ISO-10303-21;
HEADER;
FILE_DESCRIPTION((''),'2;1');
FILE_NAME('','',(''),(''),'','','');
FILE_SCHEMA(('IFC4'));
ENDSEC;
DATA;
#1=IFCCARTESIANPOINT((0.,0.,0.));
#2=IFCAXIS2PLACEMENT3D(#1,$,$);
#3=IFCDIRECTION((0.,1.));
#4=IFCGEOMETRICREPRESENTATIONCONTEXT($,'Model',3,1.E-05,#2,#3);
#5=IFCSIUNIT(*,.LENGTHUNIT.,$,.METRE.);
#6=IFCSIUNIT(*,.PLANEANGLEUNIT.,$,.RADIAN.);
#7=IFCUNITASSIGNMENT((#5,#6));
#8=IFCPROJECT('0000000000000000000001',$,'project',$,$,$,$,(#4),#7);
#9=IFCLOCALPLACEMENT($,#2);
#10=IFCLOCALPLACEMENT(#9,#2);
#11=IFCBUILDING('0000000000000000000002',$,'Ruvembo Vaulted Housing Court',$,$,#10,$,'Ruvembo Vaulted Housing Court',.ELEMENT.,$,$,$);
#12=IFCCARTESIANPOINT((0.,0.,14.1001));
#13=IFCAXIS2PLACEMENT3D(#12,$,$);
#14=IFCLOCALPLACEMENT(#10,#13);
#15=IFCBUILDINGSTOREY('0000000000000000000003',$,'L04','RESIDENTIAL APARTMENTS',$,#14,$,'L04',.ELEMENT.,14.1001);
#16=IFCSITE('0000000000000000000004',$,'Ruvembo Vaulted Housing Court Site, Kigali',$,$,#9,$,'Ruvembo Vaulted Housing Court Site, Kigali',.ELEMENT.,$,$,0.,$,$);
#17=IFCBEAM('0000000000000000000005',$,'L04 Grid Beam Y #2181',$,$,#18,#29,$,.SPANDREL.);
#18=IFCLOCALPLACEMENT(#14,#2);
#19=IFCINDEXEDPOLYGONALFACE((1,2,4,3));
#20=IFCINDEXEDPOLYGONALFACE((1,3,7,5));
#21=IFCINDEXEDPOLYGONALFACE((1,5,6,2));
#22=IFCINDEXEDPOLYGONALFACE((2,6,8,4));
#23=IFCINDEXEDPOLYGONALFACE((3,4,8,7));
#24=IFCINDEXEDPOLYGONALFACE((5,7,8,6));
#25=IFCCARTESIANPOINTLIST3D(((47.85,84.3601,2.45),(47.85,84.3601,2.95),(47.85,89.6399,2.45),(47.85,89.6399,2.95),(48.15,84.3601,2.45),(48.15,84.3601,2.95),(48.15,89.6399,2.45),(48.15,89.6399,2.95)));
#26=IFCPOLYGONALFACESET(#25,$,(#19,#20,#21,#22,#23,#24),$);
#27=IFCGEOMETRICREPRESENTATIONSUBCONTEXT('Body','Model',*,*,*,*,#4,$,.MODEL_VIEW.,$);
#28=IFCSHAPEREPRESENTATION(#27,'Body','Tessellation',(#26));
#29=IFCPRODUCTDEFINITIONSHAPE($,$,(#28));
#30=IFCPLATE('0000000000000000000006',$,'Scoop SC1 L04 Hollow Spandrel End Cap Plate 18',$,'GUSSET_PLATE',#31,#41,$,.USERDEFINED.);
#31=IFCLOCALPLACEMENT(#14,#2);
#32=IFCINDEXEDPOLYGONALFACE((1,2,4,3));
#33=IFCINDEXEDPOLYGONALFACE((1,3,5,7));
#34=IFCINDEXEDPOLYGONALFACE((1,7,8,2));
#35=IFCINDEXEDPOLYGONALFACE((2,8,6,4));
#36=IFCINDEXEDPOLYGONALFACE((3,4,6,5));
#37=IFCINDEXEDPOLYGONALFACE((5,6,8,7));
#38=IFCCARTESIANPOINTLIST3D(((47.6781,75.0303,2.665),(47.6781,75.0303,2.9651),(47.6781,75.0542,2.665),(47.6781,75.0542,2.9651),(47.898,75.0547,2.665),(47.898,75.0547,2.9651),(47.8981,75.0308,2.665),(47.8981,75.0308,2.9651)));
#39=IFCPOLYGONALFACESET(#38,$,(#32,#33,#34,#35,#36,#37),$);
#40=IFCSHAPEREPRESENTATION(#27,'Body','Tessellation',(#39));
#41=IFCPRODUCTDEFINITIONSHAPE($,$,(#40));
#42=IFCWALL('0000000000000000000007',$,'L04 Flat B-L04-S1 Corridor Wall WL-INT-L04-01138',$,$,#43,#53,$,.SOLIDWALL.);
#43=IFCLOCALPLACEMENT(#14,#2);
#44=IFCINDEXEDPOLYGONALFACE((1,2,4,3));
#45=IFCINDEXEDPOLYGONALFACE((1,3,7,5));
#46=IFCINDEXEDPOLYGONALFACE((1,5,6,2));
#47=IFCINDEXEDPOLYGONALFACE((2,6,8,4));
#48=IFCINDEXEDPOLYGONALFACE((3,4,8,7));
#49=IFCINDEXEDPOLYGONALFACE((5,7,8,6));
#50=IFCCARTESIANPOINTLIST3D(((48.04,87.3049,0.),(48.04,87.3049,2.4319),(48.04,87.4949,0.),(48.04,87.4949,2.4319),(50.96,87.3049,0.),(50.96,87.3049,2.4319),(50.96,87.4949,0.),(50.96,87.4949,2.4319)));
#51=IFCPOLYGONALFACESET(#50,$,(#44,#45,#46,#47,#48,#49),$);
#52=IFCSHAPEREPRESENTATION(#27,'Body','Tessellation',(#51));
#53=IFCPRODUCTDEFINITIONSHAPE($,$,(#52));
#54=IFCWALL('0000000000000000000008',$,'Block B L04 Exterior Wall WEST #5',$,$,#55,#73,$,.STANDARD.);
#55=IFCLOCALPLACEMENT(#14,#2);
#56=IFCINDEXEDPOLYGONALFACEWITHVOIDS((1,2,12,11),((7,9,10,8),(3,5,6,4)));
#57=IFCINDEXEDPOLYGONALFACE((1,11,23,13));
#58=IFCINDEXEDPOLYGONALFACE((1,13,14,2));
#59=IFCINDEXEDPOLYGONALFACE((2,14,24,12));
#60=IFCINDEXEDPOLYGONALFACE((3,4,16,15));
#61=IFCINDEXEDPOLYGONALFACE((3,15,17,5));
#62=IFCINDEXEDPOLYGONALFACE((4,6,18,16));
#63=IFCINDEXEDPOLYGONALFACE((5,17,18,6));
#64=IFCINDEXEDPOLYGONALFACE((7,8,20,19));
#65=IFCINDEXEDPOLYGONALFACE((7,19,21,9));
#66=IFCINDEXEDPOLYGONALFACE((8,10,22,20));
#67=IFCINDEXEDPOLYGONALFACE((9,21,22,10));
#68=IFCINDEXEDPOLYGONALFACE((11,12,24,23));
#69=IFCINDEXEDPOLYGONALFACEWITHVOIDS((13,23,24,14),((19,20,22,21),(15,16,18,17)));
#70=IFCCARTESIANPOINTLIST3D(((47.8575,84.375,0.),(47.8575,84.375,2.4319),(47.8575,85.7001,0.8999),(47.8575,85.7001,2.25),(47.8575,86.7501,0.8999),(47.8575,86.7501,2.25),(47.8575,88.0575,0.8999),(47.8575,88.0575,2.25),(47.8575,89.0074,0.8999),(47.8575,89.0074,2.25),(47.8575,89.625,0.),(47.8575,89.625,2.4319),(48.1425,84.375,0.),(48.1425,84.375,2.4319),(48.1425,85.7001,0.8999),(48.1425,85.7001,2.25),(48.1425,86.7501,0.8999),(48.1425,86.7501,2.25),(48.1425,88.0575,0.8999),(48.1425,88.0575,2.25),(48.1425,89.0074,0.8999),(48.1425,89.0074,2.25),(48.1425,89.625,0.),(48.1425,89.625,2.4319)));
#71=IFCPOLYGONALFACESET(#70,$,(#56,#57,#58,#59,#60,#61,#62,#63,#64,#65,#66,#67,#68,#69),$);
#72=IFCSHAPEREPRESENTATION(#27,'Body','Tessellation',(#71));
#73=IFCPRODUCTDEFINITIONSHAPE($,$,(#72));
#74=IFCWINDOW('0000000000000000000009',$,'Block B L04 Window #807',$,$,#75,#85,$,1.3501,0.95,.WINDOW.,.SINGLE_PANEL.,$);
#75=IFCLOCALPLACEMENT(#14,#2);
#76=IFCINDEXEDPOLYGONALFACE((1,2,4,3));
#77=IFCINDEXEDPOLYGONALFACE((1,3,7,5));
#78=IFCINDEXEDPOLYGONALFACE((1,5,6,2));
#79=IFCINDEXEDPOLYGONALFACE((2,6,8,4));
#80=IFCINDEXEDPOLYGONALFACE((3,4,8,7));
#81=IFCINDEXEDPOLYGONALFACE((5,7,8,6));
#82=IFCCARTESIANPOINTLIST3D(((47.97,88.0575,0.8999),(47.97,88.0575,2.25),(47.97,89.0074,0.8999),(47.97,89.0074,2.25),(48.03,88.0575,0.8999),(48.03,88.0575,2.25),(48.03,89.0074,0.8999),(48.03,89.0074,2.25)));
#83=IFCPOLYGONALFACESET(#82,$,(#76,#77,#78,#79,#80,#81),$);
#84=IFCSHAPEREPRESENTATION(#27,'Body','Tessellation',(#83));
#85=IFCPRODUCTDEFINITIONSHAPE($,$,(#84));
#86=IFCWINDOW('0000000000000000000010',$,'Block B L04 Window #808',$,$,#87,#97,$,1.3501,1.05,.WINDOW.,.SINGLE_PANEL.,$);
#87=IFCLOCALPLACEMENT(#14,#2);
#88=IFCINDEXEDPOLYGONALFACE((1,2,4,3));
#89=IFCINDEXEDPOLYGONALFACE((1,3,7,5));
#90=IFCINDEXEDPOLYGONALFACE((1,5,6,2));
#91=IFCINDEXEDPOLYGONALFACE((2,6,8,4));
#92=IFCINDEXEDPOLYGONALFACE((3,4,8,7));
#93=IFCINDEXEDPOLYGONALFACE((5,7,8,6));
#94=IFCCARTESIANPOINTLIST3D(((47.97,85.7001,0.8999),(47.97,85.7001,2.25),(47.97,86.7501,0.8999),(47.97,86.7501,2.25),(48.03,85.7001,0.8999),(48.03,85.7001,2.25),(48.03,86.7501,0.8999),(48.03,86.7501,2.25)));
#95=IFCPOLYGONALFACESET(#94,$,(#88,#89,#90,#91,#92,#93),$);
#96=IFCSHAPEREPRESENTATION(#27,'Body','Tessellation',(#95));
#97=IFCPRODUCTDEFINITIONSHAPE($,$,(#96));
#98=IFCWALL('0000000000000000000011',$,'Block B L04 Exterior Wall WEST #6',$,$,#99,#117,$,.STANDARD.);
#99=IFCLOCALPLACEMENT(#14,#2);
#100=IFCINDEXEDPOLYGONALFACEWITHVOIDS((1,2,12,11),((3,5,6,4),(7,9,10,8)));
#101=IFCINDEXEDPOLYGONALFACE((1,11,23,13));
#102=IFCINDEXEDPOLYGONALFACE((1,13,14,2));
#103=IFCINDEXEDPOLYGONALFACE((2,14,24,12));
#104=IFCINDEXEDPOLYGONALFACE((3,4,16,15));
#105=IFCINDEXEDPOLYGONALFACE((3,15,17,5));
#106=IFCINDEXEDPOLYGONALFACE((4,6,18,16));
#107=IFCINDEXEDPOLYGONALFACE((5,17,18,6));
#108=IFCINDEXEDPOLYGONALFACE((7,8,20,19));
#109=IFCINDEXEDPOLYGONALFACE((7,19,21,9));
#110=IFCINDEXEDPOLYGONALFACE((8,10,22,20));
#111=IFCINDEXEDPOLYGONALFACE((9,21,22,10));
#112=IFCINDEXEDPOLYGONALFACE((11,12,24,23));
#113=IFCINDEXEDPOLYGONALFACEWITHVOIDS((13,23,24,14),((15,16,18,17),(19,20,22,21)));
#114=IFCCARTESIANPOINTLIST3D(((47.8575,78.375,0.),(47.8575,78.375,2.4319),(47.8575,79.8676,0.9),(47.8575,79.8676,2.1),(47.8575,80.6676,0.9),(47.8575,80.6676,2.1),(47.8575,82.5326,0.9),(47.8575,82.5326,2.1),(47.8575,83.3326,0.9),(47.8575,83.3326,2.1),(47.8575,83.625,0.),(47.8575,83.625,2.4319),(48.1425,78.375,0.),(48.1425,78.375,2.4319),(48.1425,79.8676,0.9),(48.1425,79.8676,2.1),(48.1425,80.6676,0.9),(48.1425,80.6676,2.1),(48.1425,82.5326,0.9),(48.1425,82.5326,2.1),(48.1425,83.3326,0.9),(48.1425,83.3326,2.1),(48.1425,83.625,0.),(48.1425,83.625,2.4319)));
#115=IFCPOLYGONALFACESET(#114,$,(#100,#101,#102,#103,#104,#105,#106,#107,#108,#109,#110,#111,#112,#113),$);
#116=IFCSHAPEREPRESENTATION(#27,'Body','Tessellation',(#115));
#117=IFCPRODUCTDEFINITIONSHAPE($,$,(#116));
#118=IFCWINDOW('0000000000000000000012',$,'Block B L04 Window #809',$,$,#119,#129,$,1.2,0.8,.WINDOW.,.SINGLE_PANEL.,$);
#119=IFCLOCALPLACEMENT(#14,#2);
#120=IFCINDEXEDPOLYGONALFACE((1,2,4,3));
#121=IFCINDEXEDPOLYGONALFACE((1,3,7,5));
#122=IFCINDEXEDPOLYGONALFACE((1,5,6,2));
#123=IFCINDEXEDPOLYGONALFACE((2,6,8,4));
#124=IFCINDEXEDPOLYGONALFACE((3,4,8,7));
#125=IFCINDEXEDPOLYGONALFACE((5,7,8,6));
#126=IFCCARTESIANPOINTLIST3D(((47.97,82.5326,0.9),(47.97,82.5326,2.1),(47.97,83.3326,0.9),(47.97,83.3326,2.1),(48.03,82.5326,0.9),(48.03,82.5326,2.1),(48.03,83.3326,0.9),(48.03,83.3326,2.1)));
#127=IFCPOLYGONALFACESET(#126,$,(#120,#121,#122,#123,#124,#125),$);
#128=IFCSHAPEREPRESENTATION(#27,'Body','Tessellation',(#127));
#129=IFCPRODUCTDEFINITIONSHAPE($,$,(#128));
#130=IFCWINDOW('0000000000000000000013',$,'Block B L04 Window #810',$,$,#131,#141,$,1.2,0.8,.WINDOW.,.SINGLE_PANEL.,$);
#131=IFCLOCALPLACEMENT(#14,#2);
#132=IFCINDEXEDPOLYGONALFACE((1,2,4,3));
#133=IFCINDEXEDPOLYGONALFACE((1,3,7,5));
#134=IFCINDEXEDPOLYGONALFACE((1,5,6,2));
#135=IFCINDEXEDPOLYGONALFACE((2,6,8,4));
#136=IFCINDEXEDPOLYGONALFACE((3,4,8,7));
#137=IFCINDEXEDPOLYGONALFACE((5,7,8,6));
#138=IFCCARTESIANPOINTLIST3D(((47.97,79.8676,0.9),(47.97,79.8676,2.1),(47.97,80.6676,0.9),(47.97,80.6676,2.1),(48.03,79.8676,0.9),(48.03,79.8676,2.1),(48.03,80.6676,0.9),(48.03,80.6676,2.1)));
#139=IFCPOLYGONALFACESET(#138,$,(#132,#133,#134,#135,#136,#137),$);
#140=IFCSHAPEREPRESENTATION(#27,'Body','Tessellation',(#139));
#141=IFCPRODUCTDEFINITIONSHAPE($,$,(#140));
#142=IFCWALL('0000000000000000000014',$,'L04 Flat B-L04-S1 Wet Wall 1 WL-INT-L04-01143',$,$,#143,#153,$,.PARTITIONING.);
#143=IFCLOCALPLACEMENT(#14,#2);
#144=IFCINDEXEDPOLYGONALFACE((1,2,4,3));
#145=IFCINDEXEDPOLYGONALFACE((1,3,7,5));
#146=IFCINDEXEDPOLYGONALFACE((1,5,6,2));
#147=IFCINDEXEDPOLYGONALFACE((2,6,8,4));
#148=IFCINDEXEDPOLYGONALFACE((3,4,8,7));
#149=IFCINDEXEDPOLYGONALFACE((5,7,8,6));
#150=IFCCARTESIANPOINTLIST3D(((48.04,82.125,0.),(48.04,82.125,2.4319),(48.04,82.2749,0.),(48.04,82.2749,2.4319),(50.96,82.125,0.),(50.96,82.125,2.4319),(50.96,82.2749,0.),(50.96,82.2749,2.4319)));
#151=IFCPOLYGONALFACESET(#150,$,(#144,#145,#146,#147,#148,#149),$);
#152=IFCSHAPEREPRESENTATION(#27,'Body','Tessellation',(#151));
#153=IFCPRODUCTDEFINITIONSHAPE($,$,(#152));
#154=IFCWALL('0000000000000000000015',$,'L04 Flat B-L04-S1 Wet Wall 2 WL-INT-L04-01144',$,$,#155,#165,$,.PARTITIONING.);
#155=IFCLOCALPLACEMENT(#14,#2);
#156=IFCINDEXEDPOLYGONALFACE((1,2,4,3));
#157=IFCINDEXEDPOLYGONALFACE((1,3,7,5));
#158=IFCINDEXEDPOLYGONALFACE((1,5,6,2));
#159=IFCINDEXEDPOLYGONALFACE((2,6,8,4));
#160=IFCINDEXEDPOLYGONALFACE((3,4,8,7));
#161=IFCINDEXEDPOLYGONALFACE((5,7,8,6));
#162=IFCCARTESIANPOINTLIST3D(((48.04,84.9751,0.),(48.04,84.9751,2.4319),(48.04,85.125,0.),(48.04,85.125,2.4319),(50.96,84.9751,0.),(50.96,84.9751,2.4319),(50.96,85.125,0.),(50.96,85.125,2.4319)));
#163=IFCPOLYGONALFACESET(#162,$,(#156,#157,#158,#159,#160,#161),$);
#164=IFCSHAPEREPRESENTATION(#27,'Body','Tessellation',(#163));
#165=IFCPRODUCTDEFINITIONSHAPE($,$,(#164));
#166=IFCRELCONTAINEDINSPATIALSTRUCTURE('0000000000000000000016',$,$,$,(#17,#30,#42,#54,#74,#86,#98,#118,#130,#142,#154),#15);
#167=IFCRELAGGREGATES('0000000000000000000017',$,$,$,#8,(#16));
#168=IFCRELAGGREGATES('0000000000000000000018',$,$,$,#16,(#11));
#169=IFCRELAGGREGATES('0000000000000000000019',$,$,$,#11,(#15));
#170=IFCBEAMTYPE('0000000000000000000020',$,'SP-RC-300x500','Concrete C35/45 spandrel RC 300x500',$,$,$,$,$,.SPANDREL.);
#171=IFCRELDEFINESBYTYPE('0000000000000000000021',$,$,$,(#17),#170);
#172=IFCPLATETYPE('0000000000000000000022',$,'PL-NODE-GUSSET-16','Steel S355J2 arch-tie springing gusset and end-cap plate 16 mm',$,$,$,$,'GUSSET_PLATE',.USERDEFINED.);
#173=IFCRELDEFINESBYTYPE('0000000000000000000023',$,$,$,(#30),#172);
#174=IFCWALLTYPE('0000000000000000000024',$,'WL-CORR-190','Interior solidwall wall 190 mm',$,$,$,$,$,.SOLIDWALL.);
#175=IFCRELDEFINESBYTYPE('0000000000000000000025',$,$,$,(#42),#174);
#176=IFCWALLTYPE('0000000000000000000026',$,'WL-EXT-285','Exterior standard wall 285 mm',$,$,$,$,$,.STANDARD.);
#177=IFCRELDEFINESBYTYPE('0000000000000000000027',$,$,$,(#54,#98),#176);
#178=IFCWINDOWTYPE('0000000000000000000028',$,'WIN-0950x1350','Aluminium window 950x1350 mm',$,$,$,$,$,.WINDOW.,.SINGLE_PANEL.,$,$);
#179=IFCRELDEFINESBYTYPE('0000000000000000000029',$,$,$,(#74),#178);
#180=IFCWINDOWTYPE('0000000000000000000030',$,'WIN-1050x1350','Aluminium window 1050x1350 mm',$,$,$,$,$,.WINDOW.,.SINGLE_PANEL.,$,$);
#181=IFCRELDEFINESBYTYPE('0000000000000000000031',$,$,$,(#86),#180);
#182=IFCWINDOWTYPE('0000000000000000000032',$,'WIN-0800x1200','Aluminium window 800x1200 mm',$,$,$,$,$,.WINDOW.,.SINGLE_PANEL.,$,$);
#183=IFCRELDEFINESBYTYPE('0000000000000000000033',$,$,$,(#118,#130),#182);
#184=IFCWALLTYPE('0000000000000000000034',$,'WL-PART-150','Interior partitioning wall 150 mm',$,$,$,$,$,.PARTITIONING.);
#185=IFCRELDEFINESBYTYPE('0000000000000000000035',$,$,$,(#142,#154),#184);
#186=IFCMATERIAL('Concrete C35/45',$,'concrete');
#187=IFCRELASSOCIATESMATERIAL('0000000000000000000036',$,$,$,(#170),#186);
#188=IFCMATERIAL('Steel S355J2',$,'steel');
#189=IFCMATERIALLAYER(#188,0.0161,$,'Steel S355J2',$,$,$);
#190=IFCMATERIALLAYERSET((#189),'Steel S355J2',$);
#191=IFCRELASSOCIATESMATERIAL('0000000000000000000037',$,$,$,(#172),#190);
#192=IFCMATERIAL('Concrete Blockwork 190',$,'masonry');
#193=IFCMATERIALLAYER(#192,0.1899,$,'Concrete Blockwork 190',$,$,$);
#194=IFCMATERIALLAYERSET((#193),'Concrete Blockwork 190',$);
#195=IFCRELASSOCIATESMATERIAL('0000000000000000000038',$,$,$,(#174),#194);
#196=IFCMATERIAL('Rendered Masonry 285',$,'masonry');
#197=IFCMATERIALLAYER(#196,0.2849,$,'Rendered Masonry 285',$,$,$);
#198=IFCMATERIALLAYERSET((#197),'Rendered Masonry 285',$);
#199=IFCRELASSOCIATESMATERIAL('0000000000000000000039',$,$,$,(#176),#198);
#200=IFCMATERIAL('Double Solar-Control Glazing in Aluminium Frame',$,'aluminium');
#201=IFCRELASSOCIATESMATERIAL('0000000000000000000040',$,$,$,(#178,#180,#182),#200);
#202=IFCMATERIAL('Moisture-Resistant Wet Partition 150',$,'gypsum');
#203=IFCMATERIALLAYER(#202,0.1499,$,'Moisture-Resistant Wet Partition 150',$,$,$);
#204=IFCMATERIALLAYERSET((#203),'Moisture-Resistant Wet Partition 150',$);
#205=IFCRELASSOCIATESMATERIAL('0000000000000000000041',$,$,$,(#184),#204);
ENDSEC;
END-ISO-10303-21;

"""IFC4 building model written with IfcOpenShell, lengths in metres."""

from ifc_helpers import new_model, si_unit, direction, frame, frame_2d, origin, origin_2d, place, context, subcontext, project, spatial, rectangle, extrude, material, layer, layer_set, material_profile, profile_set, type_object, element, fill, save


model = new_model("IFC4")

# Units and contexts
model_context = context("Model", 3, precision=1e-05, world=origin(), true_north=direction((0.0, 1.0)))
body_context = subcontext(model_context, "Body", "Model", "MODEL_VIEW")
ifc_project = project(units=[si_unit("LENGTHUNIT", "METRE"), si_unit("PLANEANGLEUNIT", "RADIAN")], contexts=[model_context])

# Site, building, storey
site_placement = place(None, origin())
site = spatial("IfcSite", under=ifc_project, at=site_placement, Name="Ruvembo Vaulted Housing Court Site, Kigali", LongName="Ruvembo Vaulted Housing Court Site, Kigali", CompositionType="ELEMENT", RefElevation=0.0)
building_placement = place(site_placement, origin())
building = spatial("IfcBuilding", under=site, at=building_placement, Name="Ruvembo Vaulted Housing Court", LongName="Ruvembo Vaulted Housing Court", CompositionType="ELEMENT")
storey_placement = place(building_placement, frame((0.0, 0.0, 14.1001)))
storey = spatial("IfcBuildingStorey", under=building, at=storey_placement, Name="L04", Description="RESIDENTIAL APARTMENTS", LongName="L04", CompositionType="ELEMENT", Elevation=14.1001)

# Shared definitions
ifc_material_1 = material(Name="Steel S355J2", Category="steel")

# Beam
ifc_material_2 = material(Name="Concrete C35/45", Category="concrete")
ifc_material_profile_1 = material_profile(ifc_material_2, rectangle(XDim=0.3, YDim=0.5, at=origin_2d()), Name="RC 300x500")
ifc_profile_set_1 = profile_set([ifc_material_profile_1], Name="Concrete C35/45")
beam_type_1 = type_object("IfcBeamType", Name="SP-RC-300x500", Description="Concrete C35/45 spandrel RC 300x500", PredefinedType="SPANDREL", material=ifc_profile_set_1)
for number, where, z_axis, x_axis, name in (
    (1, (48.0, 84.3601, 2.7), (0.0, 1.0, 0.0), (-1.0, 0.0, 0.0), "L04 Grid Beam Y #2181"),
):
    element("IfcBeam", number, at=place(storey_placement, frame(where, z_axis=z_axis, x_axis=x_axis)), inside=storey, type_object=beam_type_1, Name=name, PredefinedType="SPANDREL", context=body_context, shape_type="SweptSolid", body=[
        extrude(rectangle(XDim=0.3, YDim=0.5, at=origin_2d()), origin(), (0.0, 0.0, 1.0), 5.2798),
    ])

# Plate
ifc_layer_1 = layer(ifc_material_1, 0.0161, Name="Steel S355J2")
ifc_layer_set_1 = layer_set([ifc_layer_1], Name="Steel S355J2")
plate_type = type_object("IfcPlateType", Name="PL-NODE-GUSSET-16", Description="Steel S355J2 arch-tie springing gusset and end-cap plate 16 mm", ElementType="GUSSET_PLATE", PredefinedType="USERDEFINED", material=ifc_layer_set_1)
plate_placement = place(storey_placement, frame((47.7881, 75.0425, 2.665), z_axis=(0.0, 0.0, 1.0), x_axis=(-0.002286, 0.999997, 0.0)))
element("IfcPlate", 2, at=plate_placement, inside=storey, type_object=plate_type, Name="Scoop SC1 L04 Hollow Spandrel End Cap Plate 18", ObjectType="GUSSET_PLATE", PredefinedType="USERDEFINED", context=body_context, shape_type="SweptSolid", body=[
    extrude(rectangle(XDim=0.0239, YDim=0.22, at=origin_2d()), origin(), (0.0, 0.0, 1.0), 0.3),
])

# Wall
ifc_material_3 = material(Name="Concrete Blockwork 190", Category="masonry")
ifc_layer_2 = layer(ifc_material_3, 0.1899, Name="Concrete Blockwork 190")
ifc_layer_set_2 = layer_set([ifc_layer_2], Name="Concrete Blockwork 190")
wall_type_1 = type_object("IfcWallType", Name="WL-CORR-190", Description="Interior solidwall wall 190 mm", PredefinedType="SOLIDWALL", material=ifc_layer_set_2)
wall_1_placement = place(storey_placement, frame((48.04, 87.3999, 0.0), z_axis=(0.0, 0.0, 1.0), x_axis=(1.0, 0.0, 0.0)))
element("IfcWall", 3, at=wall_1_placement, inside=storey, type_object=wall_type_1, Name="L04 Flat B-L04-S1 Corridor Wall WL-INT-L04-01138", PredefinedType="SOLIDWALL", context=body_context, shape_type="SweptSolid", body=[
    extrude(rectangle(XDim=2.9199, YDim=0.1899, at=frame_2d((1.46, 0.0))), origin(), (0.0, 0.0, 1.0), 2.4319),
])

# Shared definitions
ifc_material_4 = material(Name="Rendered Masonry 285", Category="masonry")
ifc_layer_3 = layer(ifc_material_4, 0.2849, Name="Rendered Masonry 285")
ifc_layer_set_3 = layer_set([ifc_layer_3], Name="Rendered Masonry 285")
wall_type_2 = type_object("IfcWallType", Name="WL-EXT-285", Description="Exterior standard wall 285 mm", PredefinedType="STANDARD", material=ifc_layer_set_3)
ifc_material_5 = material(Name="Double Solar-Control Glazing in Aluminium Frame", Category="aluminium")

# Walls, openings, windows
wall_2_placement = place(storey_placement, frame((48.0, 89.625, 0.0), z_axis=(0.0, 0.0, 1.0), x_axis=(0.0, -1.0, 0.0)))
wall_2 = element("IfcWall", 4, at=wall_2_placement, inside=storey, type_object=wall_type_2, Name="Block B L04 Exterior Wall WEST #5", PredefinedType="STANDARD", context=body_context, shape_type="SweptSolid", body=[
    extrude(rectangle(XDim=5.25, YDim=0.2849, at=frame_2d((2.625, 0.0))), origin(), (0.0, 0.0, 1.0), 2.4319),
])
opening_1_placement = place(wall_2_placement, frame((0.6174, 0.0, 0.8999)))
opening_1 = element("IfcOpeningElement", 5, at=opening_1_placement, cuts=wall_2, PredefinedType="OPENING", context=body_context, shape_type="SweptSolid", body=[
    extrude(rectangle(XDim=0.95, YDim=1.3501, at=frame_2d((0.4751, 0.675))), frame((0.0, 0.1523, 0.0), z_axis=(0.0, -1.0, 0.0), x_axis=(1.0, 0.0, 0.0)), (0.0, 0.0, 1.0), 0.3049),
])
opening_2_placement = place(wall_2_placement, frame((2.875, 0.0, 0.8999)))
opening_2 = element("IfcOpeningElement", 6, at=opening_2_placement, cuts=wall_2, PredefinedType="OPENING", context=body_context, shape_type="SweptSolid", body=[
    extrude(rectangle(XDim=1.05, YDim=1.3501, at=frame_2d((0.5249, 0.675))), frame((0.0, 0.1523, 0.0), z_axis=(0.0, -1.0, 0.0), x_axis=(1.0, 0.0, 0.0)), (0.0, 0.0, 1.0), 0.3049),
])
window_type_1 = type_object("IfcWindowType", Name="WIN-0950x1350", Description="Aluminium window 950x1350 mm", PartitioningType="SINGLE_PANEL", PredefinedType="WINDOW", material=ifc_material_5)
window_1_placement = place(opening_1_placement, origin())
window_1 = element("IfcWindow", 7, at=window_1_placement, inside=storey, type_object=window_type_1, Name="Block B L04 Window #807", OverallHeight=1.3501, OverallWidth=0.95, PartitioningType="SINGLE_PANEL", PredefinedType="WINDOW", context=body_context, shape_type="SweptSolid", body=[
    extrude(rectangle(XDim=0.95, YDim=1.3501, at=frame_2d((0.4751, 0.675))), frame((0.0, 0.03, 0.0), z_axis=(0.0, -1.0, 0.0), x_axis=(1.0, 0.0, 0.0)), (0.0, 0.0, 1.0), 0.0601),
])
fill(opening_1, window_1)
window_type_2 = type_object("IfcWindowType", Name="WIN-1050x1350", Description="Aluminium window 1050x1350 mm", PartitioningType="SINGLE_PANEL", PredefinedType="WINDOW", material=ifc_material_5)
window_2_placement = place(opening_2_placement, origin())
window_2 = element("IfcWindow", 8, at=window_2_placement, inside=storey, type_object=window_type_2, Name="Block B L04 Window #808", OverallHeight=1.3501, OverallWidth=1.05, PartitioningType="SINGLE_PANEL", PredefinedType="WINDOW", context=body_context, shape_type="SweptSolid", body=[
    extrude(rectangle(XDim=1.05, YDim=1.3501, at=frame_2d((0.5249, 0.675))), frame((0.0, 0.03, 0.0), z_axis=(0.0, -1.0, 0.0), x_axis=(1.0, 0.0, 0.0)), (0.0, 0.0, 1.0), 0.0601),
])
fill(opening_2, window_2)
wall_3_placement = place(storey_placement, frame((48.0, 83.625, 0.0), z_axis=(0.0, 0.0, 1.0), x_axis=(0.0, -1.0, 0.0)))
wall_3 = element("IfcWall", 9, at=wall_3_placement, inside=storey, type_object=wall_type_2, Name="Block B L04 Exterior Wall WEST #6", PredefinedType="STANDARD", context=body_context, shape_type="SweptSolid", body=[
    extrude(rectangle(XDim=5.25, YDim=0.2849, at=frame_2d((2.625, 0.0))), origin(), (0.0, 0.0, 1.0), 2.4319),
])
opening_3_placement = place(wall_3_placement, frame((0.2925, 0.0, 0.8999)))
opening_3 = element("IfcOpeningElement", 10, at=opening_3_placement, cuts=wall_3, PredefinedType="OPENING", context=body_context, shape_type="SweptSolid", body=[
    extrude(rectangle(XDim=0.8, YDim=1.2, at=frame_2d((0.3999, 0.6001))), frame((0.0, 0.1523, 0.0), z_axis=(0.0, -1.0, 0.0), x_axis=(1.0, 0.0, 0.0)), (0.0, 0.0, 1.0), 0.3049),
])
opening_4_placement = place(wall_3_placement, frame((2.9575, 0.0, 0.8999)))
opening_4 = element("IfcOpeningElement", 11, at=opening_4_placement, cuts=wall_3, PredefinedType="OPENING", context=body_context, shape_type="SweptSolid", body=[
    extrude(rectangle(XDim=0.8, YDim=1.2, at=frame_2d((0.3999, 0.6001))), frame((0.0, 0.1523, 0.0), z_axis=(0.0, -1.0, 0.0), x_axis=(1.0, 0.0, 0.0)), (0.0, 0.0, 1.0), 0.3049),
])
window_type_3 = type_object("IfcWindowType", Name="WIN-0800x1200", Description="Aluminium window 800x1200 mm", PartitioningType="SINGLE_PANEL", PredefinedType="WINDOW", material=ifc_material_5)
window_3_placement = place(opening_3_placement, origin())
window_3 = element("IfcWindow", 12, at=window_3_placement, inside=storey, type_object=window_type_3, Name="Block B L04 Window #809", OverallHeight=1.2, OverallWidth=0.8, PartitioningType="SINGLE_PANEL", PredefinedType="WINDOW", context=body_context, shape_type="SweptSolid", body=[
    extrude(rectangle(XDim=0.8, YDim=1.2, at=frame_2d((0.3999, 0.6001))), frame((0.0, 0.03, 0.0), z_axis=(0.0, -1.0, 0.0), x_axis=(1.0, 0.0, 0.0)), (0.0, 0.0, 1.0), 0.0601),
])
fill(opening_3, window_3)
window_4_placement = place(opening_4_placement, origin())
window_4 = element("IfcWindow", 13, at=window_4_placement, inside=storey, type_object=window_type_3, Name="Block B L04 Window #810", OverallHeight=1.2, OverallWidth=0.8, PartitioningType="SINGLE_PANEL", PredefinedType="WINDOW", context=body_context, shape_type="SweptSolid", body=[
    extrude(rectangle(XDim=0.8, YDim=1.2, at=frame_2d((0.3999, 0.6001))), frame((0.0, 0.03, 0.0), z_axis=(0.0, -1.0, 0.0), x_axis=(1.0, 0.0, 0.0)), (0.0, 0.0, 1.0), 0.0601),
])
fill(opening_4, window_4)

# Walls
ifc_material_6 = material(Name="Moisture-Resistant Wet Partition 150", Category="gypsum")
ifc_layer_4 = layer(ifc_material_6, 0.1499, Name="Moisture-Resistant Wet Partition 150")
ifc_layer_set_4 = layer_set([ifc_layer_4], Name="Moisture-Resistant Wet Partition 150")
wall_type_3 = type_object("IfcWallType", Name="WL-PART-150", Description="Interior partitioning wall 150 mm", PredefinedType="PARTITIONING", material=ifc_layer_set_4)
for number, where, z_axis, x_axis, name in (
    (14, (48.04, 82.2, 0.0), (0.0, 0.0, 1.0), (1.0, 0.0, 0.0), "L04 Flat B-L04-S1 Wet Wall 1 WL-INT-L04-01143"),
    (15, (48.04, 85.05, 0.0), (0.0, 0.0, 1.0), (1.0, 0.0, 0.0), "L04 Flat B-L04-S1 Wet Wall 2 WL-INT-L04-01144"),
):
    element("IfcWall", number, at=place(storey_placement, frame(where, z_axis=z_axis, x_axis=x_axis)), inside=storey, type_object=wall_type_3, Name=name, PredefinedType="PARTITIONING", context=body_context, shape_type="SweptSolid", body=[
        extrude(rectangle(XDim=2.9199, YDim=0.1499, at=frame_2d((1.46, 0.0))), origin(), (0.0, 0.0, 1.0), 2.4319),
    ])

save(model, "model.ifc")
